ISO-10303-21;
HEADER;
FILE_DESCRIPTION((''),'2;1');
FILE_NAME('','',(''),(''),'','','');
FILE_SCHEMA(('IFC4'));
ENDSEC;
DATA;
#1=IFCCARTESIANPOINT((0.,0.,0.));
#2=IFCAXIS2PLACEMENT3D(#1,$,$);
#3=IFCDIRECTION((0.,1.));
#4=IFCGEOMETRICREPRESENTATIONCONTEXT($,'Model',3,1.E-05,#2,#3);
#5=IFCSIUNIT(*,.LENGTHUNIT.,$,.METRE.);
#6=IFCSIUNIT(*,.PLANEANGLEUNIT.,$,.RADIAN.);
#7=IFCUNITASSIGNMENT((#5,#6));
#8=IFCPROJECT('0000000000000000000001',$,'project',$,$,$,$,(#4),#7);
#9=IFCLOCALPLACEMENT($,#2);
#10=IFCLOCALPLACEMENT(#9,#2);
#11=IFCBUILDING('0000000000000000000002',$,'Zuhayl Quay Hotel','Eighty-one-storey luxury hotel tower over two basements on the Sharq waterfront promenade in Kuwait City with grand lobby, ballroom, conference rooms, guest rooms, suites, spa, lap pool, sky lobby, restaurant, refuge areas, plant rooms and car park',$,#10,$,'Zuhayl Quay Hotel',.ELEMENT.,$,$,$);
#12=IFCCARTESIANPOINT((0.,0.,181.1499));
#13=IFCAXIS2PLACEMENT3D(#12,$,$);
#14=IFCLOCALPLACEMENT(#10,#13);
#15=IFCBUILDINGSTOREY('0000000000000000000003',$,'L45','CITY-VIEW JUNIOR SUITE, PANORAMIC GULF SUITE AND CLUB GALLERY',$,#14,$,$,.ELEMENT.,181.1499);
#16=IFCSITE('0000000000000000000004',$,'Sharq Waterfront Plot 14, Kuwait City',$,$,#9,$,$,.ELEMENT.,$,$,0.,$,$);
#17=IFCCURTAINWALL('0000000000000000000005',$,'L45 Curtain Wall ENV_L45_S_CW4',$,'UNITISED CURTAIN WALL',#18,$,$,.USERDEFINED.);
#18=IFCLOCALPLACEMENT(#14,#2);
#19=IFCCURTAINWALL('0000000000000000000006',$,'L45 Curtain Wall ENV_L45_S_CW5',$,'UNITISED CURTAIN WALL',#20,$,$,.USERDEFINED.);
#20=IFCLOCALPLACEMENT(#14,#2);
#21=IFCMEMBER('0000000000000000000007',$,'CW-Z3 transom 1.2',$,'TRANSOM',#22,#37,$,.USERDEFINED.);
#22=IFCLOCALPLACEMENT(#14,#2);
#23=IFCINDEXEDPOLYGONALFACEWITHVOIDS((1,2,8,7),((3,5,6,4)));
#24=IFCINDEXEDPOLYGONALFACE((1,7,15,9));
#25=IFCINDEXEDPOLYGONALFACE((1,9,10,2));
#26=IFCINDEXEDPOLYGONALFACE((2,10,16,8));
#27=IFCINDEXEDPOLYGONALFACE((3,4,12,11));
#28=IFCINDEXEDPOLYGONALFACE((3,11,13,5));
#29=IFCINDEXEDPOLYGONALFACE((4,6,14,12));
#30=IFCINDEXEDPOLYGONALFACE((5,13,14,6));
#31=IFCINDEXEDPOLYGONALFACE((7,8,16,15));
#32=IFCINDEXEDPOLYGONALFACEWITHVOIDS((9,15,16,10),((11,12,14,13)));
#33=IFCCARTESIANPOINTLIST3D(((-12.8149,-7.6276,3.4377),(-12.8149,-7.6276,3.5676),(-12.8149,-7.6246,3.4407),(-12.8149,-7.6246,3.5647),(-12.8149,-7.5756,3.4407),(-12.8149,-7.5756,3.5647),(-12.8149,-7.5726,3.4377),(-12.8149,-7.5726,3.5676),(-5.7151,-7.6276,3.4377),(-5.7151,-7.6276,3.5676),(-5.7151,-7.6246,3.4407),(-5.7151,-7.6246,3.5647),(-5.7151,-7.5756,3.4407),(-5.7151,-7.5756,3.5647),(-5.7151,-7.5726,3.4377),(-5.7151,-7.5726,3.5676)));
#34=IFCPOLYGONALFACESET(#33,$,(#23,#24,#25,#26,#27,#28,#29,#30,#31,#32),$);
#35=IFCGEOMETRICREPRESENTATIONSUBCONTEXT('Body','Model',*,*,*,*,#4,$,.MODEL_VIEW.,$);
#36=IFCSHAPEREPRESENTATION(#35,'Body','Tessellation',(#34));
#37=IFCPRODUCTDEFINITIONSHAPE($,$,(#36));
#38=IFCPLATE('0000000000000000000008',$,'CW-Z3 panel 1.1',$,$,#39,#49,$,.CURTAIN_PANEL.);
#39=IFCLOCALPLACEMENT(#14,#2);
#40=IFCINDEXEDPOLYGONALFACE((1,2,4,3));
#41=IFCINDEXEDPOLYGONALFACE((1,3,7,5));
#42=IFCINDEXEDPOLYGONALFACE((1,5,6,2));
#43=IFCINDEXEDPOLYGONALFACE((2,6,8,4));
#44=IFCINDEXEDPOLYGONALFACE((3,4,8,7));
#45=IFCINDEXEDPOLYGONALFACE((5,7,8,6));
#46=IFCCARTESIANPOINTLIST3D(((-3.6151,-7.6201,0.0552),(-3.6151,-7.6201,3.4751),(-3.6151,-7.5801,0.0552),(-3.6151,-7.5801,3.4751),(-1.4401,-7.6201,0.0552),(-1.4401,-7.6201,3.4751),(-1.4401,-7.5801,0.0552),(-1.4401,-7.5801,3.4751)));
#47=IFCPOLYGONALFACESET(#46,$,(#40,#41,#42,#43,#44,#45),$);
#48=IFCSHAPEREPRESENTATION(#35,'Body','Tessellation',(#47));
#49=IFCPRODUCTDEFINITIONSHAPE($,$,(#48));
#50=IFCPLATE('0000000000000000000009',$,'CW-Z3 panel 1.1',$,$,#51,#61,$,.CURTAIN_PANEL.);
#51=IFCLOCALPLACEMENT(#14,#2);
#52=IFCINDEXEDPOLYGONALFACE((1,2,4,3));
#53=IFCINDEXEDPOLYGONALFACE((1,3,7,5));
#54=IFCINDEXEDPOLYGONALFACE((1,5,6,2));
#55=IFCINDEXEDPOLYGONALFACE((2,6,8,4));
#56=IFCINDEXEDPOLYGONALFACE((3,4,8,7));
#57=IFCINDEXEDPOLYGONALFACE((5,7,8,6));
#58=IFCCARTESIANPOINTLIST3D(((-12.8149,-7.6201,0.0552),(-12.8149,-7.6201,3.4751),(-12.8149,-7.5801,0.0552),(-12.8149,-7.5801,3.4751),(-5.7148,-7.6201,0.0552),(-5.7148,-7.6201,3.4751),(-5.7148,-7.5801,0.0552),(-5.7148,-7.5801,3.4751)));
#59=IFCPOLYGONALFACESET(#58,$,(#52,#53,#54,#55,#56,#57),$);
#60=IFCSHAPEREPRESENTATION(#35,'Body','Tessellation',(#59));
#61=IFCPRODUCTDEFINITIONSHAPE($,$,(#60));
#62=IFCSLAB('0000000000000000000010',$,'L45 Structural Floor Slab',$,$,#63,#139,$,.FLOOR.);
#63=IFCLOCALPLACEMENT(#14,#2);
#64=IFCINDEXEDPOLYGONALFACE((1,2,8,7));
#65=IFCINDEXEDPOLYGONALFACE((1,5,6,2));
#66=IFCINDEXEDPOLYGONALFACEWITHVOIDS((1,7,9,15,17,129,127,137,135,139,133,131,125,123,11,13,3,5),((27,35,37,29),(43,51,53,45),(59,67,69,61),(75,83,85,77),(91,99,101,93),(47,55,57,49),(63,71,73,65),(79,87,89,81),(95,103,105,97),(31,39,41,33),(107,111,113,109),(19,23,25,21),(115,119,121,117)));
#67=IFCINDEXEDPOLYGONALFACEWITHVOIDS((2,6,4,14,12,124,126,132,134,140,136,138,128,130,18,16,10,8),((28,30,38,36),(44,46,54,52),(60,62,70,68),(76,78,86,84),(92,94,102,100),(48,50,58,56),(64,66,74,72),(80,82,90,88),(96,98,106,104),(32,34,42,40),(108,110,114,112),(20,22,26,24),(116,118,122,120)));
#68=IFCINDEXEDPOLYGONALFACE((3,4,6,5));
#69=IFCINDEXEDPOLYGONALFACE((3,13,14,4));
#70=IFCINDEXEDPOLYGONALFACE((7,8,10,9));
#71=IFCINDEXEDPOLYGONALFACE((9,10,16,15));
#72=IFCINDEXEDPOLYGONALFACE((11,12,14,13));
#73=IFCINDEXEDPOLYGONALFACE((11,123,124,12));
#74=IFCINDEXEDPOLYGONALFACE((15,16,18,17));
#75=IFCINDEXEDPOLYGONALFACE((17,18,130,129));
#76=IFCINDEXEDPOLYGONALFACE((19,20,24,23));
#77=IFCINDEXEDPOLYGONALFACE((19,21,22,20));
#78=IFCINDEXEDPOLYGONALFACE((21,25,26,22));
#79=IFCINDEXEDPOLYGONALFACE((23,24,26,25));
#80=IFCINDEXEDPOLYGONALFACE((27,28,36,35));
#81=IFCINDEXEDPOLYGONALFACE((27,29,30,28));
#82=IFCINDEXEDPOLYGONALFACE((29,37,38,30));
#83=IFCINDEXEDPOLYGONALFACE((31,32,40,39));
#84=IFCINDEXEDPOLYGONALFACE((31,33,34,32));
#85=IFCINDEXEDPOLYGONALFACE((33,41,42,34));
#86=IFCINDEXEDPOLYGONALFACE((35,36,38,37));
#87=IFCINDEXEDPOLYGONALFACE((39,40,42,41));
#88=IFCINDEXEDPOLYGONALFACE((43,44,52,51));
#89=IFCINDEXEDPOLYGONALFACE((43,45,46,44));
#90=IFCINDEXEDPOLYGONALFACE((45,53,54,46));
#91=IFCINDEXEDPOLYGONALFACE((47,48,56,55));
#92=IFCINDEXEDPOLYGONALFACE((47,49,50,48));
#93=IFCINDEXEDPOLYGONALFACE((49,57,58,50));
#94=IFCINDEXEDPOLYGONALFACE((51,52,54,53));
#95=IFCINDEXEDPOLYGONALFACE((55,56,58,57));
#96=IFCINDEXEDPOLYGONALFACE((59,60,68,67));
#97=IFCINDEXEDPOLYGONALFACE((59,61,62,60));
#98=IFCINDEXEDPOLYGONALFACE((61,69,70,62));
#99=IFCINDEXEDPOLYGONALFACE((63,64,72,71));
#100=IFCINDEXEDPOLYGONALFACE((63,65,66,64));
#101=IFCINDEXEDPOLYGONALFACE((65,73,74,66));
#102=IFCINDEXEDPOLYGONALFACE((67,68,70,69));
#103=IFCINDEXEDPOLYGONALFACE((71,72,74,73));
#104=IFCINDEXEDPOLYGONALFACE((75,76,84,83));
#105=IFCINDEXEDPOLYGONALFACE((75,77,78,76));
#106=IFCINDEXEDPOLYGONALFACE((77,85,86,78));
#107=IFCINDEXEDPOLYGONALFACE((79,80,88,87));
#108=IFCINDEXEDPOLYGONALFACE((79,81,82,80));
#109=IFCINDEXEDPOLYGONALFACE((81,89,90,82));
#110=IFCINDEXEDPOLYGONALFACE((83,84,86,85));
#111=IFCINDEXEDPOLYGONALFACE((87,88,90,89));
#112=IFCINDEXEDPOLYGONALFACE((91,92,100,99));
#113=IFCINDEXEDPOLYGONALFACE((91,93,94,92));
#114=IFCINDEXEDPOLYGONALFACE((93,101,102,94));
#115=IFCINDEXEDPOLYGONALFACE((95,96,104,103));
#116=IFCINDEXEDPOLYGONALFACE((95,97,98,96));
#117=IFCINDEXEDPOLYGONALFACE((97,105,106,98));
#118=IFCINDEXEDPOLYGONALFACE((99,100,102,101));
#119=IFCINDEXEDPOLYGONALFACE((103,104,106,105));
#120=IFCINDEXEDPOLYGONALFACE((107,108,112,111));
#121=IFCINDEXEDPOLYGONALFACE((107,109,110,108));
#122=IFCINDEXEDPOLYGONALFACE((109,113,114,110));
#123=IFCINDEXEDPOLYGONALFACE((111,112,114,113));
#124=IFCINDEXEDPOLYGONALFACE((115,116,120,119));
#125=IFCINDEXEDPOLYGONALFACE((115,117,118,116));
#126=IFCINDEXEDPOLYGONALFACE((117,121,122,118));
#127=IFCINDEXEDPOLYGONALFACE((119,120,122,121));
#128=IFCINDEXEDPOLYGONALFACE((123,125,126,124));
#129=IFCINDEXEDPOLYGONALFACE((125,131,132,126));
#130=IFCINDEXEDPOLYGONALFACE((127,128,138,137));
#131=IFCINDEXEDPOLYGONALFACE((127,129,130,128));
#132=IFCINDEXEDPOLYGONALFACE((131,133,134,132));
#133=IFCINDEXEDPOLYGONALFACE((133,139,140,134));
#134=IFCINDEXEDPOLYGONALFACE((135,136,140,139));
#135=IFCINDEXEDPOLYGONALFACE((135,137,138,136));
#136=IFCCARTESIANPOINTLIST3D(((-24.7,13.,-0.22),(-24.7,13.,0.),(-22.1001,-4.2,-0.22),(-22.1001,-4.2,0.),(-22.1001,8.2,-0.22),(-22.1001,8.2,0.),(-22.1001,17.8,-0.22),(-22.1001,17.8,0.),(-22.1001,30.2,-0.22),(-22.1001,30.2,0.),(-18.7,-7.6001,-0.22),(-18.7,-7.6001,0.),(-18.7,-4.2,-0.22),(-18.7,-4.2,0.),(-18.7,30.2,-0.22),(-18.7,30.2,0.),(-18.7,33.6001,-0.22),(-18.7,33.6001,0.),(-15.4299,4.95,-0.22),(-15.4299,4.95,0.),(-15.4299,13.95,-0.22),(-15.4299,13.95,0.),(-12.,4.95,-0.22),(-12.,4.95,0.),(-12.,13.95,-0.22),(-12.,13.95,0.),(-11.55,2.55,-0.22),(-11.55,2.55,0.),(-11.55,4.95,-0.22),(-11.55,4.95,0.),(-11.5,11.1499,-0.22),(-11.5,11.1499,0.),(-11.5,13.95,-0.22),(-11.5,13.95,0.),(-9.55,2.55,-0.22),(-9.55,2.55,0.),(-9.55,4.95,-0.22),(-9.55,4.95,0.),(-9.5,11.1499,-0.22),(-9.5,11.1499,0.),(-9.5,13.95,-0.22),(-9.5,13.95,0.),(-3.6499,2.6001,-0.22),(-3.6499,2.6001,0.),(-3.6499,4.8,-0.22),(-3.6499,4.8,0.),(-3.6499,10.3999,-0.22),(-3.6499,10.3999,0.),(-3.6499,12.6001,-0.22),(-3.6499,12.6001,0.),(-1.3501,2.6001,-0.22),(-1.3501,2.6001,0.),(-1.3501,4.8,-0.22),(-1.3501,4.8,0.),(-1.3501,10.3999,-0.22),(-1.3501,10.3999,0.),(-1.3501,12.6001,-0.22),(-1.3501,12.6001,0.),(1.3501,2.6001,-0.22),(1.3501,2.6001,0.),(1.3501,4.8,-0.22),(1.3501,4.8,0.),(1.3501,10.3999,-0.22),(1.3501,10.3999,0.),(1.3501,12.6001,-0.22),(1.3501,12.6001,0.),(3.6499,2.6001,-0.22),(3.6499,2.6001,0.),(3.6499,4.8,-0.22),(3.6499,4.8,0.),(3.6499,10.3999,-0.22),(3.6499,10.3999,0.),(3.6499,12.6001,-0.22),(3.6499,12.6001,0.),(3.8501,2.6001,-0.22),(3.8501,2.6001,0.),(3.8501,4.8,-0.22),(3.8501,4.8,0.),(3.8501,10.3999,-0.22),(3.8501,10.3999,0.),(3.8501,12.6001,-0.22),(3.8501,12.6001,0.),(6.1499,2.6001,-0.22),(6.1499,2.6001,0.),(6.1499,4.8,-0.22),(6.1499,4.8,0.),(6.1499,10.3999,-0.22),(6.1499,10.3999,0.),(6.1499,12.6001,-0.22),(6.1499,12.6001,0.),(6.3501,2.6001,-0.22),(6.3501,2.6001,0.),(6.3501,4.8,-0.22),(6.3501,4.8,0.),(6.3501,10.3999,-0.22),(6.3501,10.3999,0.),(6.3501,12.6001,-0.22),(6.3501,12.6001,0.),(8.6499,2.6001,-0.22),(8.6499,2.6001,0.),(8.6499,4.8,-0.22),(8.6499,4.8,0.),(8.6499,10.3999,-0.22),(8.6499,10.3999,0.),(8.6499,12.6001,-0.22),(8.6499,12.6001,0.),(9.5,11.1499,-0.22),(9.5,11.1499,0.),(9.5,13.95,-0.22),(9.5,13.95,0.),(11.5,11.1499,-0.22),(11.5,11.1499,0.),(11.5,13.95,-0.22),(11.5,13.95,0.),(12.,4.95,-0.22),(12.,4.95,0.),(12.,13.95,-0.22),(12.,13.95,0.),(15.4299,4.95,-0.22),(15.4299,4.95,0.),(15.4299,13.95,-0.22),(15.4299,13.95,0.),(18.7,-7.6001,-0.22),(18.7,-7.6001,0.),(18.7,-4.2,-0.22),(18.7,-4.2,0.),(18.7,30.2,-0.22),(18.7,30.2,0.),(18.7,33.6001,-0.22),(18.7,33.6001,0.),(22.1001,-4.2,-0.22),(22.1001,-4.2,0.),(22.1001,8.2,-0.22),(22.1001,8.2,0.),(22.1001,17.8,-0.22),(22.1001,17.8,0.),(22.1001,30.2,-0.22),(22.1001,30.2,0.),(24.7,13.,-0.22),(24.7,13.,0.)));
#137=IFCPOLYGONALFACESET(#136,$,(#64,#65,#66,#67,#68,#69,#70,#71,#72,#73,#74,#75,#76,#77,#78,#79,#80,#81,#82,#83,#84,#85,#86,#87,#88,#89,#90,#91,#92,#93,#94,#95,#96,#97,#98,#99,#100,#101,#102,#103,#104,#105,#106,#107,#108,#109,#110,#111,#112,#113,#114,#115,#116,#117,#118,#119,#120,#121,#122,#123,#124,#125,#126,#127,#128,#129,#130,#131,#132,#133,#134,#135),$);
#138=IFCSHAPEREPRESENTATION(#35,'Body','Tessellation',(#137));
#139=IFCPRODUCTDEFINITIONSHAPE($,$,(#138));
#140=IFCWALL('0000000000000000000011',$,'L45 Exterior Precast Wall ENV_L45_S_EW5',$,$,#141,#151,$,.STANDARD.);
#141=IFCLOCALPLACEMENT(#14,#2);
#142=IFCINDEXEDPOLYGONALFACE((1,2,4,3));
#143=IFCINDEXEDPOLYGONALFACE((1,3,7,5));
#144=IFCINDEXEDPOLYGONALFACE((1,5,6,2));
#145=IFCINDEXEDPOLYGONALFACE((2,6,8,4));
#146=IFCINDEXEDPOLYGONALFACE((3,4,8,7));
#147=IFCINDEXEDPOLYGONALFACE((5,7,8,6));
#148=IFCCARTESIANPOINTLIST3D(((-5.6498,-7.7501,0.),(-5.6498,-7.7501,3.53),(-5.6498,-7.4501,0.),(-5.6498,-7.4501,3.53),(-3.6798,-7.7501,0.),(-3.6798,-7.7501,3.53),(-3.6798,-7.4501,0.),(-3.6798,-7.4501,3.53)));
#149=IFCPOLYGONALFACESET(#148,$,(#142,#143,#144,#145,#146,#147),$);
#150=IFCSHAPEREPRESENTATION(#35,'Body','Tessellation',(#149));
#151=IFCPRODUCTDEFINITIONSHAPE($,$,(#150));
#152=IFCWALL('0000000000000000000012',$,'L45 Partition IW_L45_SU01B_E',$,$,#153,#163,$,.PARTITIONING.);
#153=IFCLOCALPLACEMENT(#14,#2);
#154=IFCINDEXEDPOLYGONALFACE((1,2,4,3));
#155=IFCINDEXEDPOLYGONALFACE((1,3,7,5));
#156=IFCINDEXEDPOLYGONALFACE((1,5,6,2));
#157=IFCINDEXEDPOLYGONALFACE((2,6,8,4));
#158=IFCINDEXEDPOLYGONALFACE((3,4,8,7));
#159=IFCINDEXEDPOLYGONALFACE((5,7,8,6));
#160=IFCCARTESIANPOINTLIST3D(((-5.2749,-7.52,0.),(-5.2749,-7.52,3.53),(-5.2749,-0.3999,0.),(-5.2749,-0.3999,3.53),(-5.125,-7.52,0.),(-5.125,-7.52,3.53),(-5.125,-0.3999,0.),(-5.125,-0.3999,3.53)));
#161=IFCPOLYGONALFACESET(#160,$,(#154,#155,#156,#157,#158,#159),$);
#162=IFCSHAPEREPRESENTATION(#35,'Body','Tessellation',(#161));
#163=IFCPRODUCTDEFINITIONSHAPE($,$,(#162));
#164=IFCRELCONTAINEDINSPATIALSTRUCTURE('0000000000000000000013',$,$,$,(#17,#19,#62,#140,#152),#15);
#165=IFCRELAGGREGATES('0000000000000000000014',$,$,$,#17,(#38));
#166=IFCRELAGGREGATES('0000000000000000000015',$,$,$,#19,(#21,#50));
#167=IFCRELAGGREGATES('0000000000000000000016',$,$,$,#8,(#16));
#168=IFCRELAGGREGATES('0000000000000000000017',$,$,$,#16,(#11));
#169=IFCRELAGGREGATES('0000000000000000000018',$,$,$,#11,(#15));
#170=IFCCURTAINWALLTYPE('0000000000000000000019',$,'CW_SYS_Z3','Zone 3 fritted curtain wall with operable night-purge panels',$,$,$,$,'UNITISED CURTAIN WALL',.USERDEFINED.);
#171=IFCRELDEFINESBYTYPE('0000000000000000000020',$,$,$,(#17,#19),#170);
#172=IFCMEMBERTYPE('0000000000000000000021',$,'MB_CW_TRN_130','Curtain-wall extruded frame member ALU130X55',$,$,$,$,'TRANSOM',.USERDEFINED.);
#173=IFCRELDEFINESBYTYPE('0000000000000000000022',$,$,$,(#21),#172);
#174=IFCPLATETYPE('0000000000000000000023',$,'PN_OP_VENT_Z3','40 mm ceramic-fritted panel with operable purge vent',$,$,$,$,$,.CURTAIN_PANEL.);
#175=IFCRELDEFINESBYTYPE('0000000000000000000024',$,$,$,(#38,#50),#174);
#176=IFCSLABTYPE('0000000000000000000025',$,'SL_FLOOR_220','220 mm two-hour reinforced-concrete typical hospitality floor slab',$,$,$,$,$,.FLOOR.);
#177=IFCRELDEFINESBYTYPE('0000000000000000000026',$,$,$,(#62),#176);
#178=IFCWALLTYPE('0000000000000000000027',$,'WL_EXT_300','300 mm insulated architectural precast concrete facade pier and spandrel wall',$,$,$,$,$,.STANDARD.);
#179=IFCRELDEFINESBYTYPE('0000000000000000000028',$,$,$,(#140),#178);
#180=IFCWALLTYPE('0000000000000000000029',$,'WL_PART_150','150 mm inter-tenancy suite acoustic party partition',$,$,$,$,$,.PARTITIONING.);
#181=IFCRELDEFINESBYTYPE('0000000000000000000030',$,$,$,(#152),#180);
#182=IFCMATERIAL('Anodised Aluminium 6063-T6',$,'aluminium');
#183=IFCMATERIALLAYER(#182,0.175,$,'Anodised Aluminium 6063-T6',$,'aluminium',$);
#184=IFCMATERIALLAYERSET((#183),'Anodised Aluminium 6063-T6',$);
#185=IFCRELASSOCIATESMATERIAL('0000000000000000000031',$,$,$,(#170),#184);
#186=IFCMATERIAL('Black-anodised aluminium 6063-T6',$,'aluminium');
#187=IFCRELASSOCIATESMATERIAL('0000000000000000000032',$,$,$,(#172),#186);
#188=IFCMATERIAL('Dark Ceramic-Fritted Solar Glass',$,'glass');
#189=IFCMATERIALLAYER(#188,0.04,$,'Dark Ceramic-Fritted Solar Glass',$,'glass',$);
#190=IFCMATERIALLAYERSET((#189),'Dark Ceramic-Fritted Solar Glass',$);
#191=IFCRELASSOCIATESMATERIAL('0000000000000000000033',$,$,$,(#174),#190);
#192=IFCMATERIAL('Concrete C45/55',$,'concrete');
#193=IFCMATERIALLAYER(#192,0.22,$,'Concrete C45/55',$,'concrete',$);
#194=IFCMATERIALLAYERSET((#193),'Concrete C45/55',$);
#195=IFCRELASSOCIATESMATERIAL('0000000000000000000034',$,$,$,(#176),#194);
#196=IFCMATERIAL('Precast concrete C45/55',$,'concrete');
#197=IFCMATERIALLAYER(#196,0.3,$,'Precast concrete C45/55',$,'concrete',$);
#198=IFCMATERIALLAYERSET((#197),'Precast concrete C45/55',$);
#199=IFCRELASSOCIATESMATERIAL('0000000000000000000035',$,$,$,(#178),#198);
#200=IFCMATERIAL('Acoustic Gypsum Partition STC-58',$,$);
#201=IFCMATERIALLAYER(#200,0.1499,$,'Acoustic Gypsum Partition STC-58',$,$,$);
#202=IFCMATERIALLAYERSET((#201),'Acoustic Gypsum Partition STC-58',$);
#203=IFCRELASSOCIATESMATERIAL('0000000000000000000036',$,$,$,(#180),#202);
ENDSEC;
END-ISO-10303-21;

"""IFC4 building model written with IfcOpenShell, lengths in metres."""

from ifc_helpers import new_model, si_unit, direction, frame, frame_2d, origin, origin_2d, place, context, subcontext, project, spatial, polyline, rectangle, hollow_rectangle, outline, extrude, material, layer, layer_set, material_profile, profile_set, type_object, element, aggregate, save


model = new_model("IFC4")

# Units and contexts
model_context = context("Model", 3, precision=1e-05, world=origin(), true_north=direction((0.0, 1.0)))
body_context = subcontext(model_context, "Body", "Model", "MODEL_VIEW")
ifc_project = project(units=[si_unit("LENGTHUNIT", "METRE"), si_unit("PLANEANGLEUNIT", "RADIAN")], contexts=[model_context])

# Site, building, storey
site_placement = place(None, origin())
site = spatial("IfcSite", under=ifc_project, at=site_placement, Name="Sharq Waterfront Plot 14, Kuwait City", CompositionType="ELEMENT", RefElevation=0.0)
building_placement = place(site_placement, origin())
building = spatial("IfcBuilding", under=site, at=building_placement, Name="Zuhayl Quay Hotel", Description="Eighty-one-storey luxury hotel tower over two basements on the Sharq waterfront promenade in Kuwait City with grand lobby, ballroom, conference rooms, guest rooms, suites, spa, lap pool, sky lobby, restaurant, refuge areas, plant rooms and car park", LongName="Zuhayl Quay Hotel", CompositionType="ELEMENT")
storey_placement = place(building_placement, frame((0.0, 0.0, 181.1499)))
storey = spatial("IfcBuildingStorey", under=building, at=storey_placement, Name="L45", Description="CITY-VIEW JUNIOR SUITE, PANORAMIC GULF SUITE AND CLUB GALLERY", CompositionType="ELEMENT", Elevation=181.1499)

# Curtain wall
ifc_material_1 = material(Name="Anodised Aluminium 6063-T6", Category="aluminium")
ifc_layer_1 = layer(ifc_material_1, 0.175, Name="Anodised Aluminium 6063-T6", Category="aluminium")
ifc_layer_set_1 = layer_set([ifc_layer_1], Name="Anodised Aluminium 6063-T6")
curtain_wall_type = type_object("IfcCurtainWallType", Name="CW_SYS_Z3", Description="Zone 3 fritted curtain wall with operable night-purge panels", ElementType="UNITISED CURTAIN WALL", PredefinedType="USERDEFINED", material=ifc_layer_set_1)
curtain_wall_1_placement = place(storey_placement, origin())
curtain_wall_1 = element("IfcCurtainWall", 1, at=curtain_wall_1_placement, inside=storey, type_object=curtain_wall_type, Name="L45 Curtain Wall ENV_L45_S_CW4", ObjectType="UNITISED CURTAIN WALL", PredefinedType="USERDEFINED")
ifc_material_2 = material(Name="Black-anodised aluminium 6063-T6", Category="aluminium")

# Curtain wall
curtain_wall_2_placement = place(storey_placement, origin())
curtain_wall_2 = element("IfcCurtainWall", 2, at=curtain_wall_2_placement, inside=storey, type_object=curtain_wall_type, Name="L45 Curtain Wall ENV_L45_S_CW5", ObjectType="UNITISED CURTAIN WALL", PredefinedType="USERDEFINED")

# Member
ifc_material_profile_1 = material_profile(ifc_material_2, hollow_rectangle(XDim=0.0549, YDim=0.1299, WallThickness=0.0029, at=origin_2d()), Name="ALU130X55")
ifc_profile_set_1 = profile_set([ifc_material_profile_1], Name="Black-anodised aluminium 6063-T6")
member_type_1 = type_object("IfcMemberType", Name="MB_CW_TRN_130", Description="Curtain-wall extruded frame member ALU130X55", ElementType="TRANSOM", PredefinedType="USERDEFINED", material=ifc_profile_set_1)
member_1_placement = place(storey_placement, frame((-5.7151, -7.6001, 3.5027), z_axis=(-1.0, 0.0, 0.0), x_axis=(0.0, -1.0, 0.0)))
member_1 = element("IfcMember", 3, at=member_1_placement, type_object=member_type_1, Name="CW-Z3 transom 1.2", ObjectType="TRANSOM", PredefinedType="USERDEFINED", context=body_context, shape_type="SweptSolid", body=[
    extrude(hollow_rectangle(XDim=0.0549, YDim=0.1299, WallThickness=0.0029, at=origin_2d()), origin(), (0.0, 0.0, 1.0), 7.0999),
])

# Plates
ifc_material_3 = material(Name="Dark Ceramic-Fritted Solar Glass", Category="glass")
ifc_layer_2 = layer(ifc_material_3, 0.04, Name="Dark Ceramic-Fritted Solar Glass", Category="glass")
ifc_layer_set_2 = layer_set([ifc_layer_2], Name="Dark Ceramic-Fritted Solar Glass")
plate_type = type_object("IfcPlateType", Name="PN_OP_VENT_Z3", Description="40 mm ceramic-fritted panel with operable purge vent", PredefinedType="CURTAIN_PANEL", material=ifc_layer_set_2)
plate_1_placement = place(storey_placement, frame((-2.5276, -7.6001, 0.0552), z_axis=(0.0, 0.0, 1.0), x_axis=(-1.0, 0.0, 0.0)))
plate_1 = element("IfcPlate", 4, at=plate_1_placement, type_object=plate_type, Name="CW-Z3 panel 1.1", PredefinedType="CURTAIN_PANEL", context=body_context, shape_type="SweptSolid", body=[
    extrude(rectangle(XDim=2.175, YDim=0.04, at=origin_2d()), origin(), (0.0, 0.0, 1.0), 3.4199),
])
aggregate(curtain_wall_1, [plate_1])
plate_2_placement = place(storey_placement, frame((-9.2649, -7.6001, 0.0552), z_axis=(0.0, 0.0, 1.0), x_axis=(-1.0, 0.0, 0.0)))
plate_2 = element("IfcPlate", 5, at=plate_2_placement, type_object=plate_type, Name="CW-Z3 panel 1.1", PredefinedType="CURTAIN_PANEL", context=body_context, shape_type="SweptSolid", body=[
    extrude(rectangle(XDim=7.1001, YDim=0.04, at=origin_2d()), origin(), (0.0, 0.0, 1.0), 3.4199),
])
aggregate(curtain_wall_2, [member_1, plate_2])

# Slab
ifc_material_4 = material(Name="Concrete C45/55", Category="concrete")
ifc_layer_3 = layer(ifc_material_4, 0.22, Name="Concrete C45/55", Category="concrete")
ifc_layer_set_3 = layer_set([ifc_layer_3], Name="Concrete C45/55")
slab_type = type_object("IfcSlabType", Name="SL_FLOOR_220", Description="220 mm two-hour reinforced-concrete typical hospitality floor slab", PredefinedType="FLOOR", material=ifc_layer_set_3)
slab_placement = place(storey_placement, frame((0.0, 0.0, -0.22)))
element("IfcSlab", 6, at=slab_placement, inside=storey, type_object=slab_type, Name="L45 Structural Floor Slab", PredefinedType="FLOOR", context=body_context, shape_type="SweptSolid", body=[
    extrude(outline(polyline([(-18.7, -7.6001), (18.7, -7.6001), (18.7, -4.2), (22.1001, -4.2), (22.1001, 8.2), (24.7, 13.0), (22.1001, 17.8), (22.1001, 30.2), (18.7, 30.2), (18.7, 33.6001), (-18.7, 33.6001), (-18.7, 30.2), (-22.1001, 30.2), (-22.1001, 17.8), (-24.7, 13.0), (-22.1001, 8.2), (-22.1001, -4.2), (-18.7, -4.2), (-18.7, -7.6001)]), holes=[polyline([(-12.0, 4.95), (-12.0, 13.95), (-15.4299, 13.95), (-15.4299, 4.95), (-12.0, 4.95)]), polyline([(15.4299, 4.95), (15.4299, 13.95), (12.0, 13.95), (12.0, 4.95), (15.4299, 4.95)]), polyline([(-11.5, 11.1499), (-9.5, 11.1499), (-9.5, 13.95), (-11.5, 13.95), (-11.5, 11.1499)]), polyline([(9.5, 11.1499), (11.5, 11.1499), (11.5, 13.95), (9.5, 13.95), (9.5, 11.1499)]), polyline([(-3.6499, 2.6001), (-1.3501, 2.6001), (-1.3501, 4.8), (-3.6499, 4.8), (-3.6499, 2.6001)]), polyline([(1.3501, 2.6001), (3.6499, 2.6001), (3.6499, 4.8), (1.3501, 4.8), (1.3501, 2.6001)]), polyline([(-3.6499, 10.3999), (-1.3501, 10.3999), (-1.3501, 12.6001), (-3.6499, 12.6001), (-3.6499, 10.3999)]), polyline([(1.3501, 10.3999), (3.6499, 10.3999), (3.6499, 12.6001), (1.3501, 12.6001), (1.3501, 10.3999)]), polyline([(3.8501, 2.6001), (6.1499, 2.6001), (6.1499, 4.8), (3.8501, 4.8), (3.8501, 2.6001)]), polyline([(6.3501, 2.6001), (8.6499, 2.6001), (8.6499, 4.8), (6.3501, 4.8), (6.3501, 2.6001)]), polyline([(3.8501, 10.3999), (6.1499, 10.3999), (6.1499, 12.6001), (3.8501, 12.6001), (3.8501, 10.3999)]), polyline([(6.3501, 10.3999), (8.6499, 10.3999), (8.6499, 12.6001), (6.3501, 12.6001), (6.3501, 10.3999)]), polyline([(-11.55, 2.55), (-9.55, 2.55), (-9.55, 4.95), (-11.55, 4.95), (-11.55, 2.55)])]), origin(), (0.0, 0.0, 1.0), 0.22),
])

# Walls
ifc_material_5 = material(Name="Precast concrete C45/55", Category="concrete")
ifc_layer_4 = layer(ifc_material_5, 0.3, Name="Precast concrete C45/55", Category="concrete")
ifc_layer_set_4 = layer_set([ifc_layer_4], Name="Precast concrete C45/55")
wall_type_1 = type_object("IfcWallType", Name="WL_EXT_300", Description="300 mm insulated architectural precast concrete facade pier and spandrel wall", PredefinedType="STANDARD", material=ifc_layer_set_4)
wall_1_placement = place(storey_placement, frame((-3.6799, -7.6001, 0.0), z_axis=(0.0, 0.0, 1.0), x_axis=(-1.0, 0.0, 0.0)))
element("IfcWall", 7, at=wall_1_placement, inside=storey, type_object=wall_type_1, Name="L45 Exterior Precast Wall ENV_L45_S_EW5", PredefinedType="STANDARD", context=body_context, shape_type="SweptSolid", body=[
    extrude(rectangle(XDim=1.97, YDim=0.3, at=frame_2d((0.9849, 0.0))), origin(), (0.0, 0.0, 1.0), 3.53),
])
ifc_material_6 = material(Name="Acoustic Gypsum Partition STC-58")
ifc_layer_5 = layer(ifc_material_6, 0.1499, Name="Acoustic Gypsum Partition STC-58")
ifc_layer_set_5 = layer_set([ifc_layer_5], Name="Acoustic Gypsum Partition STC-58")
wall_type_2 = type_object("IfcWallType", Name="WL_PART_150", Description="150 mm inter-tenancy suite acoustic party partition", PredefinedType="PARTITIONING", material=ifc_layer_set_5)
wall_2_placement = place(storey_placement, frame((-5.2, -7.52, 0.0), z_axis=(0.0, 0.0, 1.0), x_axis=(0.0, 1.0, 0.0)))
element("IfcWall", 8, at=wall_2_placement, inside=storey, type_object=wall_type_2, Name="L45 Partition IW_L45_SU01B_E", PredefinedType="PARTITIONING", context=body_context, shape_type="SweptSolid", body=[
    extrude(rectangle(XDim=7.1201, YDim=0.1499, at=frame_2d((3.5601, 0.0))), origin(), (0.0, 0.0, 1.0), 3.53),
])

save(model, "model.ifc")
